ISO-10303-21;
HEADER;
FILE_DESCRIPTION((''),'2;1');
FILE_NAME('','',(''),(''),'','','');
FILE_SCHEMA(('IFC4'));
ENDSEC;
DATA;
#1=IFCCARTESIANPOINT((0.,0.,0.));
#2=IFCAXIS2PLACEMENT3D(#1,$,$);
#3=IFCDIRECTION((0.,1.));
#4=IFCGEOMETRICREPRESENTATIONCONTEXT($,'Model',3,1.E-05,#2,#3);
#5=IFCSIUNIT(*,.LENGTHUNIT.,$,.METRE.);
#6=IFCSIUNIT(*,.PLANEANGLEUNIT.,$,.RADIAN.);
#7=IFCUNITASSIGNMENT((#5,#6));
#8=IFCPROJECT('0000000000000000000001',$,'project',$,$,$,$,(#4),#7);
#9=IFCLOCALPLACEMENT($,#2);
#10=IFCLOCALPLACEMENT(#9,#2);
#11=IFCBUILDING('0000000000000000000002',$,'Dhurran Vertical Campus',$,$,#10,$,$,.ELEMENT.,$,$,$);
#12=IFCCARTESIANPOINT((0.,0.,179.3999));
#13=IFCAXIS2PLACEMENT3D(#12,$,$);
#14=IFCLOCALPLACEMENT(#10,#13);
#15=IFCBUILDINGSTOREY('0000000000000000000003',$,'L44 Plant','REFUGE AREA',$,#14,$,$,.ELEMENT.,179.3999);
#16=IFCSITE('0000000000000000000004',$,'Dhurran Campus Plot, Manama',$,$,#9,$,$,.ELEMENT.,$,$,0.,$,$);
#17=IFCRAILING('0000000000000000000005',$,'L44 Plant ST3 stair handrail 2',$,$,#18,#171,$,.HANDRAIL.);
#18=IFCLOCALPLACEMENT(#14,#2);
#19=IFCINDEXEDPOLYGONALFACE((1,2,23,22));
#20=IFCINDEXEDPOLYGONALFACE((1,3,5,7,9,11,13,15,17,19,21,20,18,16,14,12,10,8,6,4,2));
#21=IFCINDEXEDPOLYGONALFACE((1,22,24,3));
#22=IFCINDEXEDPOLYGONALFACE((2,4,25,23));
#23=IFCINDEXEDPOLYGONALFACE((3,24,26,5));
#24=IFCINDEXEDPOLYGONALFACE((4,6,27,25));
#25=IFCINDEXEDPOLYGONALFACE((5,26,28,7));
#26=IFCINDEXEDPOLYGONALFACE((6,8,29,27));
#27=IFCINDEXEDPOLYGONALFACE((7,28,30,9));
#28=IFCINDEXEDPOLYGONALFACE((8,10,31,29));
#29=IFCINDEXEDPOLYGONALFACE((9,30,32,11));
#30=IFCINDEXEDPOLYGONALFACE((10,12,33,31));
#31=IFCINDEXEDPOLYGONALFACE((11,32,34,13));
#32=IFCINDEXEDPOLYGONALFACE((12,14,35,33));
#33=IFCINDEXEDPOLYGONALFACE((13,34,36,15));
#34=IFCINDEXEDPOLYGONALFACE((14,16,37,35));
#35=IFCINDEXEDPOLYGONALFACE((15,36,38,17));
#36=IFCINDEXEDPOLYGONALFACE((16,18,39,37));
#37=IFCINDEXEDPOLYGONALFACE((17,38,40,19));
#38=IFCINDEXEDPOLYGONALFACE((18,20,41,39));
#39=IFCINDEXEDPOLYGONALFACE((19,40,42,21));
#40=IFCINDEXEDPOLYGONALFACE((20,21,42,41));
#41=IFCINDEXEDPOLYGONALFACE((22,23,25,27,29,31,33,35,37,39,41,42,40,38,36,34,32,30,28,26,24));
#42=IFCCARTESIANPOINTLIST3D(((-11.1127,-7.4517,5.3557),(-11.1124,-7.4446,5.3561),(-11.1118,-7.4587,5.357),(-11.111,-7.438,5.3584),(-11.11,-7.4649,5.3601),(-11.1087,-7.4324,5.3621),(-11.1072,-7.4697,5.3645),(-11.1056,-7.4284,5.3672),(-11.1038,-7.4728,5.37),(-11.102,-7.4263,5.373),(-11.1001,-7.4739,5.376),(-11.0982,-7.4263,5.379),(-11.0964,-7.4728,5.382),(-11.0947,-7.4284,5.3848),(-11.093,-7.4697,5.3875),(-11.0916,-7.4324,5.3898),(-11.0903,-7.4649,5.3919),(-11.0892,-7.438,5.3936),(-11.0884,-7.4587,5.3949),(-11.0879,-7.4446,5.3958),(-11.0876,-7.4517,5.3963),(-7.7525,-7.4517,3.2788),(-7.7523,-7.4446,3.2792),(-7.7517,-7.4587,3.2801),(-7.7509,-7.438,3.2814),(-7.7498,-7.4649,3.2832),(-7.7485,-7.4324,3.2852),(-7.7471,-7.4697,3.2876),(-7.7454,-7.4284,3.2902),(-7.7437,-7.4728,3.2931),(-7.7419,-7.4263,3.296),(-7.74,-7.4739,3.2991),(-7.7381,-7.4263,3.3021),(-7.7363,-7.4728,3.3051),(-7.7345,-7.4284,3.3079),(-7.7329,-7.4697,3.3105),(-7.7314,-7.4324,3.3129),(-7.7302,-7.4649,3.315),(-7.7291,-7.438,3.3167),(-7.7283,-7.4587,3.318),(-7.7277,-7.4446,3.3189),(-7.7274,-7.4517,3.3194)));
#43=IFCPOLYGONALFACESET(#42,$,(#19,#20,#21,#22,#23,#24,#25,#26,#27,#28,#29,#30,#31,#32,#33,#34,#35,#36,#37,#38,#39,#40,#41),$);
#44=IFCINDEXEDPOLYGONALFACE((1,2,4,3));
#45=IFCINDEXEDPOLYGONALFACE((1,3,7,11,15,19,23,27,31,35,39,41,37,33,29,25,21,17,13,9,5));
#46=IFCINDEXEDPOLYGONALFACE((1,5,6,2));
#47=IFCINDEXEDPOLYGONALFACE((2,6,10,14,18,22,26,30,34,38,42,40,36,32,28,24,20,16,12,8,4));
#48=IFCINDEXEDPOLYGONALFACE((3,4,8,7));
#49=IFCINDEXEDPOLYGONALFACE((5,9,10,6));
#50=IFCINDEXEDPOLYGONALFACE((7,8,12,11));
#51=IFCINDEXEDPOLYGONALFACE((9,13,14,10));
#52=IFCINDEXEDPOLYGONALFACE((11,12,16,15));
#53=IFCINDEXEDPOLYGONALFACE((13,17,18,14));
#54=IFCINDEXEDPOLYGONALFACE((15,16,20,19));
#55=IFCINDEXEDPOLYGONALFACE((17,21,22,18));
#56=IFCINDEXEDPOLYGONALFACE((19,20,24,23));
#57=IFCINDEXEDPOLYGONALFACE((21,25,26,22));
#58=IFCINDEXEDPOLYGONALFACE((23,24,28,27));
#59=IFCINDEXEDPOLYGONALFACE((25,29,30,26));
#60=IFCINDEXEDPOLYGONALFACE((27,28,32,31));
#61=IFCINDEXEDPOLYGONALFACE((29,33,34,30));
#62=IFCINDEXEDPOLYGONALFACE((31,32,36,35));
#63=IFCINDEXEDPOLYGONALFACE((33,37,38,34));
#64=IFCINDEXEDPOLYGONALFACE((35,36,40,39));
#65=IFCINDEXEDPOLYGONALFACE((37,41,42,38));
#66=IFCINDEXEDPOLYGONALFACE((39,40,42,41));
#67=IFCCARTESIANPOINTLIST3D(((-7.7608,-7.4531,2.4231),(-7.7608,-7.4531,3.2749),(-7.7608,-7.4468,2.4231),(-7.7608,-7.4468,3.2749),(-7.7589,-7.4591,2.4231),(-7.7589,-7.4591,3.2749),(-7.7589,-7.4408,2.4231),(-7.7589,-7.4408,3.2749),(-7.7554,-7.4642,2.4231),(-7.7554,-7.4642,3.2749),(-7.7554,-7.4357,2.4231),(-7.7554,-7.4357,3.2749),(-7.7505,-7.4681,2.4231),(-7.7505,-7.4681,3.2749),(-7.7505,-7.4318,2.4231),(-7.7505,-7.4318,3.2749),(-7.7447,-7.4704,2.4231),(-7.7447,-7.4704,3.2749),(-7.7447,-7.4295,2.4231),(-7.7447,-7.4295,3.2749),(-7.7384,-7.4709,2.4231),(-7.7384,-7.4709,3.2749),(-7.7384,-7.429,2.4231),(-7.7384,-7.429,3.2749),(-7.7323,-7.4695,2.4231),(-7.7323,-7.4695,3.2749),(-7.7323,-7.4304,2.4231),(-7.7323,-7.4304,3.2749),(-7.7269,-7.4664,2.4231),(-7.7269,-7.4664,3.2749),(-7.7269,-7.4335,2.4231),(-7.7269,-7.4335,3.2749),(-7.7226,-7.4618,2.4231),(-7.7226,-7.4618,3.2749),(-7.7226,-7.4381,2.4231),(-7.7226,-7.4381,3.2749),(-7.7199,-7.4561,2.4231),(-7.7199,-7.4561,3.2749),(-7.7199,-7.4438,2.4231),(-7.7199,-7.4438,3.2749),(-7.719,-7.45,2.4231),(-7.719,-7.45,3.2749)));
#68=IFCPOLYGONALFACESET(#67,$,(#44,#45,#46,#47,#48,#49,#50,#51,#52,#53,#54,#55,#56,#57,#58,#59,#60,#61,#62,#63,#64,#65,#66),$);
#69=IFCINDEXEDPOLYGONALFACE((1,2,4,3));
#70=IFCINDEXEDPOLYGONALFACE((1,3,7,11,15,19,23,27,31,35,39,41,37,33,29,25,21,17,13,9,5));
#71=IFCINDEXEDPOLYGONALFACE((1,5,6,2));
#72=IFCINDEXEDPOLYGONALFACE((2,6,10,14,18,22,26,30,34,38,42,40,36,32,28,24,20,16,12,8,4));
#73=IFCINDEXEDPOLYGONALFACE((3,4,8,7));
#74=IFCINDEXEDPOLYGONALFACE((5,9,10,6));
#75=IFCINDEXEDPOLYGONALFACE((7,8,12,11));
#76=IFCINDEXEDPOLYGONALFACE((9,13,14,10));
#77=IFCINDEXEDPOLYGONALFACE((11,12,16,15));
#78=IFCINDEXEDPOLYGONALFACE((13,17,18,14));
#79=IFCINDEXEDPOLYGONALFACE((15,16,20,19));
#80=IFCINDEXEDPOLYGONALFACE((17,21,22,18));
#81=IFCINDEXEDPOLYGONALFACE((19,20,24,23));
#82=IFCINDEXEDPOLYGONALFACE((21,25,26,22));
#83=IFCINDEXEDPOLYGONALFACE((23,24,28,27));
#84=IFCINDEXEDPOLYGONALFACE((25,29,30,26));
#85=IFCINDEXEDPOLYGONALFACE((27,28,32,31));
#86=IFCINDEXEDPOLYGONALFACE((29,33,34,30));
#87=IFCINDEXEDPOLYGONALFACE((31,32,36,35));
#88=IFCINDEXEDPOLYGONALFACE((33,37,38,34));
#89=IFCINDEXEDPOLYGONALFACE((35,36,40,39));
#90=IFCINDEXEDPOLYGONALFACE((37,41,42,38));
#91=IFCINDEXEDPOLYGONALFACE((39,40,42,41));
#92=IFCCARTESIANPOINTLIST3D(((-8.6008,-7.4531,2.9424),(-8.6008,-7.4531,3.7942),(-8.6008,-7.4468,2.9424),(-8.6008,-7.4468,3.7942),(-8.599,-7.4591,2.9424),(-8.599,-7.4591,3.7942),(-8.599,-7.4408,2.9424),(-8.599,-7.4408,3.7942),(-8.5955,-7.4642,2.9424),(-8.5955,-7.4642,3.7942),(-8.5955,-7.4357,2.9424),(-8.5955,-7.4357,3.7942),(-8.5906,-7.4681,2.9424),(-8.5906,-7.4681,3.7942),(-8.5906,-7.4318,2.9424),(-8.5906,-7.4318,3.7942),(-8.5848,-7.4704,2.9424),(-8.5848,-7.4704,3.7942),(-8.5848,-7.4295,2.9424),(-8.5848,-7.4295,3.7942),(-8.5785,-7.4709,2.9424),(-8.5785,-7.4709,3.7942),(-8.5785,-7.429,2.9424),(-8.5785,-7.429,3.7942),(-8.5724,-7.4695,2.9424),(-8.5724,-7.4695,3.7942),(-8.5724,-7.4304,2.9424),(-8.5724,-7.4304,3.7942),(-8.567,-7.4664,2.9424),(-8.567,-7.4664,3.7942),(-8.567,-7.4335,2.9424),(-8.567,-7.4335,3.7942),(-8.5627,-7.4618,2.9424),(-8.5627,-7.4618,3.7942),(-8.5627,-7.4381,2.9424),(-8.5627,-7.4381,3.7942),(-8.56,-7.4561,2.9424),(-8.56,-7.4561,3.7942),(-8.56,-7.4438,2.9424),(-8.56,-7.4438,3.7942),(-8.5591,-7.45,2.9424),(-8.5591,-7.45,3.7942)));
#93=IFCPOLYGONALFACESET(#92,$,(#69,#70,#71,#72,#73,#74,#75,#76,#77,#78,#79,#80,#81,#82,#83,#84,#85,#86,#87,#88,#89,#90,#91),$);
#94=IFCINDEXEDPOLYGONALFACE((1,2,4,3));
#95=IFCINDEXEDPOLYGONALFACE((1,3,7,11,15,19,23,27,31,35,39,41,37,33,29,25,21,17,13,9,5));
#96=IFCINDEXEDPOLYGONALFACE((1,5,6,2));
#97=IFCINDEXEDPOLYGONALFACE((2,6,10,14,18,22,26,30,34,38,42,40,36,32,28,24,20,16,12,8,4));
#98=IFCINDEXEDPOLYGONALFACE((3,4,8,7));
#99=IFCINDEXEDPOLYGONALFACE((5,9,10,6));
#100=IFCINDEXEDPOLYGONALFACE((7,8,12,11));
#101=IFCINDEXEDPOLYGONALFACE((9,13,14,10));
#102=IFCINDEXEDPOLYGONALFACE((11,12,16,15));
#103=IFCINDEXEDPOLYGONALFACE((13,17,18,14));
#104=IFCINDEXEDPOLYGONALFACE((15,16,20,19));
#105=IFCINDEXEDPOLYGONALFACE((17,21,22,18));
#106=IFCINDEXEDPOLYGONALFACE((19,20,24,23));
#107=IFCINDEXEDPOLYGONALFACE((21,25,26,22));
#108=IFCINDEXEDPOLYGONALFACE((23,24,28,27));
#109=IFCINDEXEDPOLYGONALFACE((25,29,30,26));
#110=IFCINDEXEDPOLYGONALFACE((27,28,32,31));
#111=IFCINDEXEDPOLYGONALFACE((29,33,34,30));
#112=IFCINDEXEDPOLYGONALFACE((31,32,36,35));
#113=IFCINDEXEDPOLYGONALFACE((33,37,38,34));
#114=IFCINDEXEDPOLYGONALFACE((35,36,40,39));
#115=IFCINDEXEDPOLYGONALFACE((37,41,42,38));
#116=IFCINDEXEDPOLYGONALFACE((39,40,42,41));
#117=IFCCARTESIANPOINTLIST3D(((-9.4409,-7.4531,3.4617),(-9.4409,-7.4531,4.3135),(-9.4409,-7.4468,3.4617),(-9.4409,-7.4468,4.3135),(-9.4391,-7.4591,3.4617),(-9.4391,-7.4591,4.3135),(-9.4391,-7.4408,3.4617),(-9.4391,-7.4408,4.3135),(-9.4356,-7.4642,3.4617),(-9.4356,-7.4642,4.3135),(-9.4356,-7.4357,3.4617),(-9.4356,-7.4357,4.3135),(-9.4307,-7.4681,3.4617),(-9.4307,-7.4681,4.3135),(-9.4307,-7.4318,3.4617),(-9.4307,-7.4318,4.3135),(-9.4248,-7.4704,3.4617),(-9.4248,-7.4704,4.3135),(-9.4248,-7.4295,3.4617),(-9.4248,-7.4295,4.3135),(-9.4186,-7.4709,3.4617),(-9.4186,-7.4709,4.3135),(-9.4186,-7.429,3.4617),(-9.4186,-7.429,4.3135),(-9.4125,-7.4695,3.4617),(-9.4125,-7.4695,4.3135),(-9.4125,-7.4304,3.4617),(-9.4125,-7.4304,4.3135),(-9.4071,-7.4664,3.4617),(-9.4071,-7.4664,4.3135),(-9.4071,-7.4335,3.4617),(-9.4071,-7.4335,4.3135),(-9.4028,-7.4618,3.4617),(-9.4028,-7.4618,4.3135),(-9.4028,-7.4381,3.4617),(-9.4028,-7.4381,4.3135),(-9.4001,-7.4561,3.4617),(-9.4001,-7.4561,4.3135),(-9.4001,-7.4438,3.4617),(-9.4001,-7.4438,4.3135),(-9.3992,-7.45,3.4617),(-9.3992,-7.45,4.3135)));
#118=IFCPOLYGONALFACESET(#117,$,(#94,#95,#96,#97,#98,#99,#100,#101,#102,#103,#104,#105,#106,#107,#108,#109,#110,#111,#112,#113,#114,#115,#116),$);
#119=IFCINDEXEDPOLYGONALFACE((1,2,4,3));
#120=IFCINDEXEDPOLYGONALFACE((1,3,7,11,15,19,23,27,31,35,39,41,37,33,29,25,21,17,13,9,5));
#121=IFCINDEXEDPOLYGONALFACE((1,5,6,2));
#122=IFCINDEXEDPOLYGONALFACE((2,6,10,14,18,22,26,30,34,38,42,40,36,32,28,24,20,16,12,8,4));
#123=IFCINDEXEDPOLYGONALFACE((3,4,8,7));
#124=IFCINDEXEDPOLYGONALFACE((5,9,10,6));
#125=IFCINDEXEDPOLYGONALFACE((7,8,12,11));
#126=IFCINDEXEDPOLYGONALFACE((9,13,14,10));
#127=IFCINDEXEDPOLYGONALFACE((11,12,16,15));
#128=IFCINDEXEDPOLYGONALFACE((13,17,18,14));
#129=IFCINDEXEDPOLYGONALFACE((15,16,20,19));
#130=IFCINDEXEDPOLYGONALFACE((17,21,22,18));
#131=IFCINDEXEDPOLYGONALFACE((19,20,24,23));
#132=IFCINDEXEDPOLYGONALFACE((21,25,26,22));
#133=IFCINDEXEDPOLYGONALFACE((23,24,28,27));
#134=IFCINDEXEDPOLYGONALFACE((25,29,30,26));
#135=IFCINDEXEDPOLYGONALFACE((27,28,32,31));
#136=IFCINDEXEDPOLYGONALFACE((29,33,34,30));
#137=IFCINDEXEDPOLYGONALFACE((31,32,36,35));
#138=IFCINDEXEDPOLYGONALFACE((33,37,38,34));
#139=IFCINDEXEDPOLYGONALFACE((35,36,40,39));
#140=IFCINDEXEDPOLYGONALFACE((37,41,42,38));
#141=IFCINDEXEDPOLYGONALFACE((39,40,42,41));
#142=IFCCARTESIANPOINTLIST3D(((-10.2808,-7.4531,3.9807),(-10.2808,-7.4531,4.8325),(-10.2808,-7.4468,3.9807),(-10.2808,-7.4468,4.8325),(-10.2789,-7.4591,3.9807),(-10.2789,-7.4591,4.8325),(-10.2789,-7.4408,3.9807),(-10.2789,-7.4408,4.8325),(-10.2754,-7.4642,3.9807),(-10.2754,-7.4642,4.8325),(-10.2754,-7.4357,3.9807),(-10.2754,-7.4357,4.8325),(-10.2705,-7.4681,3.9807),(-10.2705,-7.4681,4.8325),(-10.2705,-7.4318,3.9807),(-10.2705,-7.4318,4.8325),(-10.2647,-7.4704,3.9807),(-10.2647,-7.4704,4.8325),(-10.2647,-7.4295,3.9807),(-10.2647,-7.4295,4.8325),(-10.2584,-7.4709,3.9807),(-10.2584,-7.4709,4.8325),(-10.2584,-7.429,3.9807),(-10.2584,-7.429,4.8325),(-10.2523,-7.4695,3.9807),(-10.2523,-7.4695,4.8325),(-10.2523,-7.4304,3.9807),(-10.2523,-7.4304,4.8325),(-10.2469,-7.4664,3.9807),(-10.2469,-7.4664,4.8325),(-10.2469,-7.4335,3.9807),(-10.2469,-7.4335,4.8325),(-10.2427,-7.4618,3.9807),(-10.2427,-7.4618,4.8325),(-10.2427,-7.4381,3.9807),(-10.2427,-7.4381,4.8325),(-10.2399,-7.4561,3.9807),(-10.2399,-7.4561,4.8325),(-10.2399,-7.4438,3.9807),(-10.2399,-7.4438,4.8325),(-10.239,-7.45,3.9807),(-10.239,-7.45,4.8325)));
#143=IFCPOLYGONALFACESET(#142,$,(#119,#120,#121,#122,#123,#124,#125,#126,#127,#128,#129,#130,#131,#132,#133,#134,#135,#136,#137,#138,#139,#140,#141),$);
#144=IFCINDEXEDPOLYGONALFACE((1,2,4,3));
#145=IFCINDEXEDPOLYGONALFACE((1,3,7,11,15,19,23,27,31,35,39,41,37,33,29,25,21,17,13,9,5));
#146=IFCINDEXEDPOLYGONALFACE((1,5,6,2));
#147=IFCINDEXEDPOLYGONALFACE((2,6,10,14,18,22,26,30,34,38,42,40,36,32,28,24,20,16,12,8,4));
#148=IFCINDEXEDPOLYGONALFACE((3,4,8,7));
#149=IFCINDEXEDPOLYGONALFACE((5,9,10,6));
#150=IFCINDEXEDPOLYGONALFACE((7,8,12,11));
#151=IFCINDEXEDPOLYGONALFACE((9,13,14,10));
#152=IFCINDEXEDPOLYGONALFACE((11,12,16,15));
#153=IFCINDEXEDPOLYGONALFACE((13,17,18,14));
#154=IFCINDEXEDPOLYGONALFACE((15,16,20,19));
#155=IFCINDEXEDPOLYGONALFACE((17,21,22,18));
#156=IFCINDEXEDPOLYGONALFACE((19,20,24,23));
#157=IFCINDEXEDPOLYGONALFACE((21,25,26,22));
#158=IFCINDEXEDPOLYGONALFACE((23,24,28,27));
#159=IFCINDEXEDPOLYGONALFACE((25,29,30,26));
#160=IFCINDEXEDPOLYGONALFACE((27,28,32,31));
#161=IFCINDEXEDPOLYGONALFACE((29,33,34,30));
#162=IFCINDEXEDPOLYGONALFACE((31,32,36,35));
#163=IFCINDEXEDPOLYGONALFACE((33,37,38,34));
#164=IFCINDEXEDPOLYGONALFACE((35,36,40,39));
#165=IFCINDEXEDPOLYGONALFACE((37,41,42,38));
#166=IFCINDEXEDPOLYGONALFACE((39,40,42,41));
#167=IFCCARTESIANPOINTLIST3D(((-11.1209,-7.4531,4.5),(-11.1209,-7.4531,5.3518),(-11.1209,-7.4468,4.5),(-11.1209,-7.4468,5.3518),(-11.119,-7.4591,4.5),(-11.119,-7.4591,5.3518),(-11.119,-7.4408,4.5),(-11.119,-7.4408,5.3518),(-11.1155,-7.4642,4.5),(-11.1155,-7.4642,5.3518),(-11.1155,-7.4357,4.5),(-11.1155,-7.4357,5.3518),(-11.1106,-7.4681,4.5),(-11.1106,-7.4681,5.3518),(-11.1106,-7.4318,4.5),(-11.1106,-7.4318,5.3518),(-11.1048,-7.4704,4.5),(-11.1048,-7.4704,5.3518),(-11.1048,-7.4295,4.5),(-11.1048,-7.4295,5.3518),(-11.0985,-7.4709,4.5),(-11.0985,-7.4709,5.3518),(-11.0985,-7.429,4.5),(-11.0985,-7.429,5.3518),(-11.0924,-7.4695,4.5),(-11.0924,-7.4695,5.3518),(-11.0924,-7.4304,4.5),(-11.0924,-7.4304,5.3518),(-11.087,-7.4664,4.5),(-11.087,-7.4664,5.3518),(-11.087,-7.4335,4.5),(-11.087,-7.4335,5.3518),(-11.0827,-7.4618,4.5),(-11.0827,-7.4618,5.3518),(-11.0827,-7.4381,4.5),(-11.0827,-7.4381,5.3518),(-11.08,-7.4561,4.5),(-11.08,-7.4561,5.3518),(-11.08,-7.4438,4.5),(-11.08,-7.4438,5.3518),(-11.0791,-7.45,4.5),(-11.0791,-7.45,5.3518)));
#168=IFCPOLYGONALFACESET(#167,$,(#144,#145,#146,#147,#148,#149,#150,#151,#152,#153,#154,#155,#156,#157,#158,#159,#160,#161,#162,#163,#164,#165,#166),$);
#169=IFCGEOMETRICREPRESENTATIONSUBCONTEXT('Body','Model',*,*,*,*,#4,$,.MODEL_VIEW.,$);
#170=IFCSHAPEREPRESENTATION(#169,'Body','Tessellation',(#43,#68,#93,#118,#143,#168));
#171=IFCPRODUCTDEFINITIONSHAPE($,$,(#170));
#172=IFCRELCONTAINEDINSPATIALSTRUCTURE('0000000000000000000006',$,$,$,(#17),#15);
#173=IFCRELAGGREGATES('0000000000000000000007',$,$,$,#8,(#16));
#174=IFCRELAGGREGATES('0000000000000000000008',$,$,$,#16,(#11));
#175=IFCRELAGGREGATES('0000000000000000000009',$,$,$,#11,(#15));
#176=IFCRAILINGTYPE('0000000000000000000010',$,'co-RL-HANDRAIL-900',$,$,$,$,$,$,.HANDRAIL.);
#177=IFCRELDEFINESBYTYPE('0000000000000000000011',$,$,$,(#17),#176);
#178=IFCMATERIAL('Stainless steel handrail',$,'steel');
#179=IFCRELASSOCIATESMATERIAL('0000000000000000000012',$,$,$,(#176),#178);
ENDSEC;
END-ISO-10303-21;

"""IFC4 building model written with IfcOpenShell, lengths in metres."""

from ifc_helpers import new_model, si_unit, direction, frame, origin, origin_2d, place, context, subcontext, project, spatial, circle, extrude, material, type_object, element, save


model = new_model("IFC4")

# Units and contexts
model_context = context("Model", 3, precision=1e-05, world=origin(), true_north=direction((0.0, 1.0)))
body_context = subcontext(model_context, "Body", "Model", "MODEL_VIEW")
ifc_project = project(units=[si_unit("LENGTHUNIT", "METRE"), si_unit("PLANEANGLEUNIT", "RADIAN")], contexts=[model_context])

# Site, building, storey
site_placement = place(None, origin())
site = spatial("IfcSite", under=ifc_project, at=site_placement, Name="Dhurran Campus Plot, Manama", CompositionType="ELEMENT", RefElevation=0.0)
building_placement = place(site_placement, origin())
building = spatial("IfcBuilding", under=site, at=building_placement, Name="Dhurran Vertical Campus", CompositionType="ELEMENT")
storey_placement = place(building_placement, frame((0.0, 0.0, 179.3999)))
storey = spatial("IfcBuildingStorey", under=building, at=storey_placement, Name="L44 Plant", Description="REFUGE AREA", CompositionType="ELEMENT", Elevation=179.3999)

# Railing
ifc_material_1 = material(Name="Stainless steel handrail", Category="steel")
railing_type_1 = type_object("IfcRailingType", Name="co-RL-HANDRAIL-900", PredefinedType="HANDRAIL", material=ifc_material_1)
railing_1_placement = place(storey_placement, frame((-7.74, -7.45, 2.4231)))
element("IfcRailing", 1, at=railing_1_placement, inside=storey, type_object=railing_type_1, Name="L44 Plant ST3 stair handrail 2", PredefinedType="HANDRAIL", context=body_context, shape_type="SweptSolid", body=[
    extrude(circle(Radius=0.0239, at=origin_2d()), frame((0.0, 0.0, 0.876), z_axis=(-0.850623, 0.0, 0.525776), x_axis=(0.0, -1.0, 0.0)), (0.0, 0.0, 1.0), 3.9502),
    extrude(circle(Radius=0.021, at=origin_2d()), origin(), (0.0, 0.0, 1.0), 0.8518),
    extrude(circle(Radius=0.021, at=origin_2d()), frame((-0.8401, 0.0, 0.5193)), (0.0, 0.0, 1.0), 0.8518),
    extrude(circle(Radius=0.021, at=origin_2d()), frame((-1.6802, 0.0, 1.0386)), (0.0, 0.0, 1.0), 0.8518),
    extrude(circle(Radius=0.021, at=origin_2d()), frame((-2.52, 0.0, 1.5576)), (0.0, 0.0, 1.0), 0.8518),
    extrude(circle(Radius=0.021, at=origin_2d()), frame((-3.3601, 0.0, 2.0769)), (0.0, 0.0, 1.0), 0.8518),
])

save(model, "model.ifc")
